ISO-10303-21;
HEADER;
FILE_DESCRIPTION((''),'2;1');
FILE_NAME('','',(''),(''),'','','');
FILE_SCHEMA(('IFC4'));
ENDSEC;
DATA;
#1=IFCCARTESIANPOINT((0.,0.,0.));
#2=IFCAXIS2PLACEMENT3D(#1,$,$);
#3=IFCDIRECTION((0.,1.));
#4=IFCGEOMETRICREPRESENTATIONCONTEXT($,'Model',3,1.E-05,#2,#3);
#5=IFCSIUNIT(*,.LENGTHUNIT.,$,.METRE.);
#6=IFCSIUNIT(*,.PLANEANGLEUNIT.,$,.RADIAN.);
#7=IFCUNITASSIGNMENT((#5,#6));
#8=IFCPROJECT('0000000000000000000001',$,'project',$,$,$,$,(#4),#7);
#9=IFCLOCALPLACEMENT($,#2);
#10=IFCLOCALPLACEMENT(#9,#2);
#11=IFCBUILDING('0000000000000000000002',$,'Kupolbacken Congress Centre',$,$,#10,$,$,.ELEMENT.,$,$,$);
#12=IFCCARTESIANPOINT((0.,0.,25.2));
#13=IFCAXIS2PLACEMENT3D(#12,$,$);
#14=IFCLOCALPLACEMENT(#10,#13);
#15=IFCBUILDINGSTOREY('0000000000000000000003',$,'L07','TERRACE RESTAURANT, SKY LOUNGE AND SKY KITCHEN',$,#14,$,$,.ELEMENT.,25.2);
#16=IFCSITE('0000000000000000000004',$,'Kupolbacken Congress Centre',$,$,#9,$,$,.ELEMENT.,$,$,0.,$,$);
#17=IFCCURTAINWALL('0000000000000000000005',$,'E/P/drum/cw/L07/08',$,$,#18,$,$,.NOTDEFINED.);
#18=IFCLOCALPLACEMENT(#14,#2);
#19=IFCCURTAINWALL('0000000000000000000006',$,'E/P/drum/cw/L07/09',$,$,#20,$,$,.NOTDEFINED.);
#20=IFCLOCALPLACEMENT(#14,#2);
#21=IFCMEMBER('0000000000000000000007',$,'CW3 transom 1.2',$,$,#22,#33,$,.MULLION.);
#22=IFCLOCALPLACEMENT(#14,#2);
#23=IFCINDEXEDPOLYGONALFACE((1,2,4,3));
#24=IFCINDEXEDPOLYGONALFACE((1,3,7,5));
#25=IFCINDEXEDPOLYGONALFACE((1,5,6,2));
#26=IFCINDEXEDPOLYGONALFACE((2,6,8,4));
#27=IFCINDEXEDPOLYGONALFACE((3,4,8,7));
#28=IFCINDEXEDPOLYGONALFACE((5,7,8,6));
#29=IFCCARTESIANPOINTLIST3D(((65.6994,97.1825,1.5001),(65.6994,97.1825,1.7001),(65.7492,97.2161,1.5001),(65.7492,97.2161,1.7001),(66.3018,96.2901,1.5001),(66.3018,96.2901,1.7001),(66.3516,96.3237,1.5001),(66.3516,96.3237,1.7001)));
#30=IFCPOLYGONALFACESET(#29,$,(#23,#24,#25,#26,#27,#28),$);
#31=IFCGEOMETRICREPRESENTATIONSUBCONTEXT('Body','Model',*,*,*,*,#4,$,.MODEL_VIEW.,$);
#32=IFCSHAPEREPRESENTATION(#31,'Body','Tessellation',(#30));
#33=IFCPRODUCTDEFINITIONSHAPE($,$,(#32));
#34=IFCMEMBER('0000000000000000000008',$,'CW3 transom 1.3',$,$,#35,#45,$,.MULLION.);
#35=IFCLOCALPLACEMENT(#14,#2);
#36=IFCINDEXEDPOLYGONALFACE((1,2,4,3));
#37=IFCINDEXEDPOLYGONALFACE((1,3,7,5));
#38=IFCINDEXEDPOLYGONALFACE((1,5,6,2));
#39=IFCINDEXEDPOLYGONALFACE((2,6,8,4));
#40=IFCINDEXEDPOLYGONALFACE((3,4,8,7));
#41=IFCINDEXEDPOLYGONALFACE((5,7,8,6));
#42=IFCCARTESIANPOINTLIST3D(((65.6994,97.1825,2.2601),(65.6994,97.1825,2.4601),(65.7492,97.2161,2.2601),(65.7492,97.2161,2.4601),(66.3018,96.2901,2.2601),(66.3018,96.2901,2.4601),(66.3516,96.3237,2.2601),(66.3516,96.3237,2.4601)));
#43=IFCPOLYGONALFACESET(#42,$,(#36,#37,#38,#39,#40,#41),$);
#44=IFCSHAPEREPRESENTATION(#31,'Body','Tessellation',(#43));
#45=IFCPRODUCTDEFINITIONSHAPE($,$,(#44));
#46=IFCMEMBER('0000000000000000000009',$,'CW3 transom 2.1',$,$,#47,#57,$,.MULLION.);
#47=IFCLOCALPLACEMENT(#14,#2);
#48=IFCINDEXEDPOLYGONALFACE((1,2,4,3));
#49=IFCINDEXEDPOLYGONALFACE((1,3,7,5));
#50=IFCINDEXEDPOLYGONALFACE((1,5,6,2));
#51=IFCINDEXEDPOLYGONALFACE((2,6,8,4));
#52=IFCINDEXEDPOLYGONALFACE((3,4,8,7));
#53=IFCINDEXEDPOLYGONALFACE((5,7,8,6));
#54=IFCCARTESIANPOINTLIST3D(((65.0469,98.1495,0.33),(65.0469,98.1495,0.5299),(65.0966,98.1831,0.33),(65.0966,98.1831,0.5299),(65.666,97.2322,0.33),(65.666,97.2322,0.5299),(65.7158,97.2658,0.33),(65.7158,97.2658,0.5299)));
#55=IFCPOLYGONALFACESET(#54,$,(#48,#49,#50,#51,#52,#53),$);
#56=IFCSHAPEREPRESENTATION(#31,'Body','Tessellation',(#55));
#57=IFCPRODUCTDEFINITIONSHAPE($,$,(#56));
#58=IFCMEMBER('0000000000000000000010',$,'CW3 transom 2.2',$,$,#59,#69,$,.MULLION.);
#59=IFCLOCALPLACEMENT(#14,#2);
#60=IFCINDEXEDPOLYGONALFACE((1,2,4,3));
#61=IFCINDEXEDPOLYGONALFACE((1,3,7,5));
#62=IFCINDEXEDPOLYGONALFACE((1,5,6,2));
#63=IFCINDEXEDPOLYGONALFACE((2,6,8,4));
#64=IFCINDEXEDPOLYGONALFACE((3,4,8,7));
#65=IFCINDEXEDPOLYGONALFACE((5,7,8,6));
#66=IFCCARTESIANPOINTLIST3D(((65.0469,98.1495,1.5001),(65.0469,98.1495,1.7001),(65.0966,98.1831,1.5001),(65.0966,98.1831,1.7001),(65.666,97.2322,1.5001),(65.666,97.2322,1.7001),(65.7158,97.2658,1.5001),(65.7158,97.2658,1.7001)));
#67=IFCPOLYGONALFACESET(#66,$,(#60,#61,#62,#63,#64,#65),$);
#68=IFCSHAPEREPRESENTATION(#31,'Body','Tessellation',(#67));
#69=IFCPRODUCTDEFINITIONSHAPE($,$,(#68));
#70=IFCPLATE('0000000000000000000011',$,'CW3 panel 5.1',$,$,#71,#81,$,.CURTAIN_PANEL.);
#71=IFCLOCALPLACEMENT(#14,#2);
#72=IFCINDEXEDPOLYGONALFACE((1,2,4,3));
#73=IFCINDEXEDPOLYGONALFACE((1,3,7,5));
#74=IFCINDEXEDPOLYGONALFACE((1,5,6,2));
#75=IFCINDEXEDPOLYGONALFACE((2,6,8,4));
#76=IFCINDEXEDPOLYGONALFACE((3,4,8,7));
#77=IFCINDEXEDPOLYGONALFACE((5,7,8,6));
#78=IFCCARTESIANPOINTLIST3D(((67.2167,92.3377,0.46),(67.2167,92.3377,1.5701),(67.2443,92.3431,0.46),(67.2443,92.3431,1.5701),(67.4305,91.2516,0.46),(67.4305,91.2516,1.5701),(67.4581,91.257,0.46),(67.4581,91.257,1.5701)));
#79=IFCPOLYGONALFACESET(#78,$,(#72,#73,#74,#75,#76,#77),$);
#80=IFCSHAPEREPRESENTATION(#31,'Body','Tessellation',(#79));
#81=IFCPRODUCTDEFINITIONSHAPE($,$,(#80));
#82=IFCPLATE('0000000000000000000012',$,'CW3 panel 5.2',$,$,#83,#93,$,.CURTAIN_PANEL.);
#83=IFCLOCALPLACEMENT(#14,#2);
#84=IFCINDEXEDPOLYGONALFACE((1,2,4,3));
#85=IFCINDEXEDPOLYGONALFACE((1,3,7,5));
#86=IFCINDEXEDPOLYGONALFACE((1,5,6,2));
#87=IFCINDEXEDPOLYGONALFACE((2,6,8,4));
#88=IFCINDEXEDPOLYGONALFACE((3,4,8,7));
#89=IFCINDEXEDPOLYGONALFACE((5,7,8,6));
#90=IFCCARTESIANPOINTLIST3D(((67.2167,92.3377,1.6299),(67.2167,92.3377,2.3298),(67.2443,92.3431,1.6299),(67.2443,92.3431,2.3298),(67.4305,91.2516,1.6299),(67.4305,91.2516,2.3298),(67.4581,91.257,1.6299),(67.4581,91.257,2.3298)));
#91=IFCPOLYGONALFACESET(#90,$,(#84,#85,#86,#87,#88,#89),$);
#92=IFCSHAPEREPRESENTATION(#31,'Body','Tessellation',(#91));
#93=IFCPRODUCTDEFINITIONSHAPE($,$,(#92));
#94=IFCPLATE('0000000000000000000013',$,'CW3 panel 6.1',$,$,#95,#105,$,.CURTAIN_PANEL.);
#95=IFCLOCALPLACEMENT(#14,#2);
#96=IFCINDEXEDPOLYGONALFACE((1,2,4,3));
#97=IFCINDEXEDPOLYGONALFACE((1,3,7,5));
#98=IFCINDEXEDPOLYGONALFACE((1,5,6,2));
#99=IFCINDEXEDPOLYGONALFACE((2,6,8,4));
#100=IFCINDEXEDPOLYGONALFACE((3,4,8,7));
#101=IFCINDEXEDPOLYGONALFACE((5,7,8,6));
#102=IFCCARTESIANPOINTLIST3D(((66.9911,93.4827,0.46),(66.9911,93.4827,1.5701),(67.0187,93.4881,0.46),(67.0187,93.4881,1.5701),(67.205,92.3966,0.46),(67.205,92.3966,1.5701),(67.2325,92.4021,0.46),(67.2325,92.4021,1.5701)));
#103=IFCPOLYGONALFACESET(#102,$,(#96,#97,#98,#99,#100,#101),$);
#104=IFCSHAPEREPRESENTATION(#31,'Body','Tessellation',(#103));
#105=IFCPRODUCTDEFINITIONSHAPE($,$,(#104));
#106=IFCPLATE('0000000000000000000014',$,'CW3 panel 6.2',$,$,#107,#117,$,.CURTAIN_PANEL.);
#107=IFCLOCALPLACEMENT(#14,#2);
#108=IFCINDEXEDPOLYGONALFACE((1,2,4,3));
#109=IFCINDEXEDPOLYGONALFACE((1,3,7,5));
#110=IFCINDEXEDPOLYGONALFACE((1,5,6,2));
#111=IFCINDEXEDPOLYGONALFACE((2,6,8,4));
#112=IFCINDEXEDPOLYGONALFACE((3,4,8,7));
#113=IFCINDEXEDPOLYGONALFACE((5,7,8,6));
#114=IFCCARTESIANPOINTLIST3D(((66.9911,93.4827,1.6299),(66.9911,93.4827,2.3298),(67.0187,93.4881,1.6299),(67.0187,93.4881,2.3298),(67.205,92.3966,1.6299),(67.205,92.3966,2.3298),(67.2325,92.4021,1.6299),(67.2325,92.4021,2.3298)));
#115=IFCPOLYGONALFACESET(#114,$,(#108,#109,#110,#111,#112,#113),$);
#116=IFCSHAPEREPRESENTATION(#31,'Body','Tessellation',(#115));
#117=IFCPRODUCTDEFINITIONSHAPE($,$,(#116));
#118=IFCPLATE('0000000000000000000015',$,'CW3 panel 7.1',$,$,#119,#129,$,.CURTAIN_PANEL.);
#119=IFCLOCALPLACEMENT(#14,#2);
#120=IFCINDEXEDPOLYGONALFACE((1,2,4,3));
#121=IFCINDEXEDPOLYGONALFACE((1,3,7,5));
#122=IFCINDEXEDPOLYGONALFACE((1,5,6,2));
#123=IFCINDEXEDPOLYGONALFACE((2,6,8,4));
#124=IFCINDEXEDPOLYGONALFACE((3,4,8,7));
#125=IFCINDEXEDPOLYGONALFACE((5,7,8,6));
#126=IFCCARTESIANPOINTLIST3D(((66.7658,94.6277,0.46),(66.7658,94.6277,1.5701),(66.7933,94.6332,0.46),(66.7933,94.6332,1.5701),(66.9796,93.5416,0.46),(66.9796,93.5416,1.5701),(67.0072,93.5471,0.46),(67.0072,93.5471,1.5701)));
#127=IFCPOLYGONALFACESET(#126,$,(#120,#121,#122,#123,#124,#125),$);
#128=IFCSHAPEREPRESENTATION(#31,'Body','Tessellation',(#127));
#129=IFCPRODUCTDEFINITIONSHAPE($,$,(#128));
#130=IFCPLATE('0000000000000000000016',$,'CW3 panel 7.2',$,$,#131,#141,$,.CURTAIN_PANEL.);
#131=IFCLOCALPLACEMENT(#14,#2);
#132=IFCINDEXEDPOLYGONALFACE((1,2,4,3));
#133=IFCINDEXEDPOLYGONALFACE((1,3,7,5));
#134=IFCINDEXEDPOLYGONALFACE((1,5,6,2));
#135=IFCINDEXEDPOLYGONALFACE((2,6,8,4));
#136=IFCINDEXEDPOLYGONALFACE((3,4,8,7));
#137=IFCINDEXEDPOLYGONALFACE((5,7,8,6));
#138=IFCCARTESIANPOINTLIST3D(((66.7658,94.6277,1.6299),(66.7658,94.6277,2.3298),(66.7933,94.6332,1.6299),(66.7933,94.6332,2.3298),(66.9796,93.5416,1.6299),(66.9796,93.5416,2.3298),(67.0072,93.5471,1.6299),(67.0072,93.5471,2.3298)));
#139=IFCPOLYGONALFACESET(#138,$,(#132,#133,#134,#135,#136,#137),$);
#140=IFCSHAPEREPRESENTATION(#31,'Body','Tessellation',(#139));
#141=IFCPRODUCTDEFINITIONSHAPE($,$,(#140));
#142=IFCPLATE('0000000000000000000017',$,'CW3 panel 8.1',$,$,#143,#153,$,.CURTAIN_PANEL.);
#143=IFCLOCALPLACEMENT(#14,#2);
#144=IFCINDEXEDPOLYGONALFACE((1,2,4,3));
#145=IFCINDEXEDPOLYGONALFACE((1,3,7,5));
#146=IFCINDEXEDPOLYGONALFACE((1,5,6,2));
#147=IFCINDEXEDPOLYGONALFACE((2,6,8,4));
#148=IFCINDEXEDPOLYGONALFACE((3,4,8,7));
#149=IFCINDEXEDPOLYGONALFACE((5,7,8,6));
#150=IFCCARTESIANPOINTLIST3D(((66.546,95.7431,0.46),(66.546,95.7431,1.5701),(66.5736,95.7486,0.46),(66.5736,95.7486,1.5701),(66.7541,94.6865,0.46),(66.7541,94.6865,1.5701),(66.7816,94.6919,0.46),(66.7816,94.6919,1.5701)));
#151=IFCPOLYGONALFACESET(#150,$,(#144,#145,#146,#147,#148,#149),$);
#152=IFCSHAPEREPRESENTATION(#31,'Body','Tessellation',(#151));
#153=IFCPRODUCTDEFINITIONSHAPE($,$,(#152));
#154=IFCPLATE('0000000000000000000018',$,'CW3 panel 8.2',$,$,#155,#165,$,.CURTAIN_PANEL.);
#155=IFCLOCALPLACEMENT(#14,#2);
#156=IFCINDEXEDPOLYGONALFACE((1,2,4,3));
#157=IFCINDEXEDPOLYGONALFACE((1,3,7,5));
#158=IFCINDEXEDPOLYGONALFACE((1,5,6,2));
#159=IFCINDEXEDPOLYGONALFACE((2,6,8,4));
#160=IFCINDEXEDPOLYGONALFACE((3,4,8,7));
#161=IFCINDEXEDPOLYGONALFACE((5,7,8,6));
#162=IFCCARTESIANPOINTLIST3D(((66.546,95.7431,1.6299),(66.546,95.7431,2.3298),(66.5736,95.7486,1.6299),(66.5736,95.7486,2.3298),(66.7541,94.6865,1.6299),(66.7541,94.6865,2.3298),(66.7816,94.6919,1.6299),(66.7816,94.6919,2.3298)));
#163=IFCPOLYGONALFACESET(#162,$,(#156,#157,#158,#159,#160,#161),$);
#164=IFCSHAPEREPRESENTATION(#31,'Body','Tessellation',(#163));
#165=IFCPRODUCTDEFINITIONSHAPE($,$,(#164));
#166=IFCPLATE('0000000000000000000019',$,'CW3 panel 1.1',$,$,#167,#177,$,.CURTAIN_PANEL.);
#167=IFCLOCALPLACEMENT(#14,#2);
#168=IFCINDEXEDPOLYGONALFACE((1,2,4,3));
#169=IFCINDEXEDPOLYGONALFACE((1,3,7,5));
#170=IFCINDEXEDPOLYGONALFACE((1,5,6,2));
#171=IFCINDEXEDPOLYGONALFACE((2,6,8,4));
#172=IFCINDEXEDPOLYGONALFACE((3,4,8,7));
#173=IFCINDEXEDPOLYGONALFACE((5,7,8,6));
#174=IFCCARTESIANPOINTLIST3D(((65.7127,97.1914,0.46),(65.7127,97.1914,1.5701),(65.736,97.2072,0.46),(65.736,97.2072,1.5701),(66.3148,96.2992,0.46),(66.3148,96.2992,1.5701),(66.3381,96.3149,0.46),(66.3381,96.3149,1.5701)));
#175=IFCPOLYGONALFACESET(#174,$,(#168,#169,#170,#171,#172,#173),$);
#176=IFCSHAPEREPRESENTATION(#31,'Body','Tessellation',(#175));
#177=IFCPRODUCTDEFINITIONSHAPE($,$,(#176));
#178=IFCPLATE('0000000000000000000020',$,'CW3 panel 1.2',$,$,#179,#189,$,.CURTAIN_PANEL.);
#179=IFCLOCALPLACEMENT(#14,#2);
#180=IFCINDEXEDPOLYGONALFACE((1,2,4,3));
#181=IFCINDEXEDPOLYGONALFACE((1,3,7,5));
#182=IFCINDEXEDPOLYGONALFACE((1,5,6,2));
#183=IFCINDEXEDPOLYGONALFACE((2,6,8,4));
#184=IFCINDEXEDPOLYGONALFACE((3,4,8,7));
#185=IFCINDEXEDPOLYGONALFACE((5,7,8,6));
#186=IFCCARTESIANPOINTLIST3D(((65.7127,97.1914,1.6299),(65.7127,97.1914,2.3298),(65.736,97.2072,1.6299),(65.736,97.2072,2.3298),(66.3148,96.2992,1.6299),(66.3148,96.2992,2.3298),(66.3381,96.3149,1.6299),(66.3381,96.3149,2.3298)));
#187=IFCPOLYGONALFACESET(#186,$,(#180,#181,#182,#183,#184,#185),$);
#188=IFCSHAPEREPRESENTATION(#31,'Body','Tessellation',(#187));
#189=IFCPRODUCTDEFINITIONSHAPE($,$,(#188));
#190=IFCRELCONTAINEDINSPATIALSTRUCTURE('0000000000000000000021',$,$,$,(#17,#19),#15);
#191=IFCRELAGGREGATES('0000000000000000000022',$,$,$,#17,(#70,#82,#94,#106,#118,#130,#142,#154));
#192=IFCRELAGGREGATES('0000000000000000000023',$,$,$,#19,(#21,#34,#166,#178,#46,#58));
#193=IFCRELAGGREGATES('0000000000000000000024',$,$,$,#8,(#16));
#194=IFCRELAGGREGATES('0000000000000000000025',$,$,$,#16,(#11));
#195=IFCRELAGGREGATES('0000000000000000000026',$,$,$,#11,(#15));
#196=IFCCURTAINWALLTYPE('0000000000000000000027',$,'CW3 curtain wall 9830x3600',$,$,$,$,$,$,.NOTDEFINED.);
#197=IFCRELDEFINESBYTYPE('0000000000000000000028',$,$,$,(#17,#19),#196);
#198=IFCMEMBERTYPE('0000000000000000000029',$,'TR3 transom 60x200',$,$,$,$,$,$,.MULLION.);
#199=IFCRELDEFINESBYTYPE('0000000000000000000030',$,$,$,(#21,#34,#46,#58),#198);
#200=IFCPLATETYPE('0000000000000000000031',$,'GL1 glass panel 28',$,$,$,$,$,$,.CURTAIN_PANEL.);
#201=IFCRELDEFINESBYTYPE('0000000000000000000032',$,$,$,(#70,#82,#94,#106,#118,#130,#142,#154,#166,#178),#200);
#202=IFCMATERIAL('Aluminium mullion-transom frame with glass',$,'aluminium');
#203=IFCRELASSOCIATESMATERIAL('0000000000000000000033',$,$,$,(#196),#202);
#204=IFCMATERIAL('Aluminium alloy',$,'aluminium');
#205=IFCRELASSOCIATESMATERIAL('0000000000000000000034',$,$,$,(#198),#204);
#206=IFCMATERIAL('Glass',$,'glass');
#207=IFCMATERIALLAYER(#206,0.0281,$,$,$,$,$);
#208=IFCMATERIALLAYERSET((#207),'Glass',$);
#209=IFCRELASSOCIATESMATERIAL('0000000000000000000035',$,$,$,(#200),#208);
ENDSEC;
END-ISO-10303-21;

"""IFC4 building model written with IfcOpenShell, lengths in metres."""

from ifc_helpers import new_model, si_unit, direction, frame, origin, origin_2d, place, context, subcontext, project, spatial, rectangle, extrude, material, layer, layer_set, material_profile, profile_set, type_object, element, aggregate, save


model = new_model("IFC4")

# Units and contexts
model_context = context("Model", 3, precision=1e-05, world=origin(), true_north=direction((0.0, 1.0)))
body_context = subcontext(model_context, "Body", "Model", "MODEL_VIEW")
ifc_project = project(units=[si_unit("LENGTHUNIT", "METRE"), si_unit("PLANEANGLEUNIT", "RADIAN")], contexts=[model_context])

# Site, building, storey
site_placement = place(None, origin())
site = spatial("IfcSite", under=ifc_project, at=site_placement, Name="Kupolbacken Congress Centre", CompositionType="ELEMENT", RefElevation=0.0)
building_placement = place(site_placement, origin())
building = spatial("IfcBuilding", under=site, at=building_placement, Name="Kupolbacken Congress Centre", CompositionType="ELEMENT")
storey_placement = place(building_placement, frame((0.0, 0.0, 25.2)))
storey = spatial("IfcBuildingStorey", under=building, at=storey_placement, Name="L07", Description="TERRACE RESTAURANT, SKY LOUNGE AND SKY KITCHEN", CompositionType="ELEMENT", Elevation=25.2)

# Curtain walls
ifc_material_1 = material(Name="Aluminium mullion-transom frame with glass", Category="aluminium")
curtain_wall_type = type_object("IfcCurtainWallType", Name="CW3 curtain wall 9830x3600", PredefinedType="NOTDEFINED", material=ifc_material_1)
curtain_wall_1_placement = place(storey_placement, origin())
curtain_wall_1 = element("IfcCurtainWall", 1, at=curtain_wall_1_placement, inside=storey, type_object=curtain_wall_type, Name="E/P/drum/cw/L07/08", PredefinedType="NOTDEFINED")
curtain_wall_2_placement = place(storey_placement, origin())
curtain_wall_2 = element("IfcCurtainWall", 2, at=curtain_wall_2_placement, inside=storey, type_object=curtain_wall_type, Name="E/P/drum/cw/L07/09", PredefinedType="NOTDEFINED")

# Members
ifc_material_2 = material(Name="Aluminium alloy", Category="aluminium")
ifc_material_profile_1 = material_profile(ifc_material_2, rectangle(XDim=0.0601, YDim=0.2, at=origin_2d()), Name="60 x 200")
ifc_profile_set_1 = profile_set([ifc_material_profile_1], Name="Aluminium alloy")
member_type_1 = type_object("IfcMemberType", Name="TR3 transom 60x200", PredefinedType="MULLION", material=ifc_profile_set_1)
member_1_placement = place(storey_placement, frame((66.3267, 96.3069, 1.6001), z_axis=(-0.559453, 0.828862, 0.0), x_axis=(-0.828862, -0.559453, 0.0)))
member_1 = element("IfcMember", 3, at=member_1_placement, type_object=member_type_1, Name="CW3 transom 1.2", PredefinedType="MULLION", context=body_context, shape_type="SweptSolid", body=[
    extrude(rectangle(XDim=0.0601, YDim=0.2, at=origin_2d()), origin(), (0.0, 0.0, 1.0), 1.0767),
])
member_2_placement = place(storey_placement, frame((66.3267, 96.3069, 2.3601), z_axis=(-0.559453, 0.828862, 0.0), x_axis=(-0.828862, -0.559453, 0.0)))
member_2 = element("IfcMember", 4, at=member_2_placement, type_object=member_type_1, Name="CW3 transom 1.3", PredefinedType="MULLION", context=body_context, shape_type="SweptSolid", body=[
    extrude(rectangle(XDim=0.0601, YDim=0.2, at=origin_2d()), origin(), (0.0, 0.0, 1.0), 1.0767),
])
member_3_placement = place(storey_placement, frame((65.6909, 97.249, 0.4299), z_axis=(-0.559477, 0.828846, 0.0), x_axis=(-0.828846, -0.559477, 0.0)))
member_3 = element("IfcMember", 5, at=member_3_placement, type_object=member_type_1, Name="CW3 transom 2.1", PredefinedType="MULLION", context=body_context, shape_type="SweptSolid", body=[
    extrude(rectangle(XDim=0.0601, YDim=0.2, at=origin_2d()), origin(), (0.0, 0.0, 1.0), 1.1067),
])
member_4_placement = place(storey_placement, frame((65.6909, 97.249, 1.6001), z_axis=(-0.559477, 0.828846, 0.0), x_axis=(-0.828846, -0.559477, 0.0)))
member_4 = element("IfcMember", 6, at=member_4_placement, type_object=member_type_1, Name="CW3 transom 2.2", PredefinedType="MULLION", context=body_context, shape_type="SweptSolid", body=[
    extrude(rectangle(XDim=0.0601, YDim=0.2, at=origin_2d()), origin(), (0.0, 0.0, 1.0), 1.1067),
])

# Plates
ifc_material_3 = material(Name="Glass", Category="glass")
ifc_layer_1 = layer(ifc_material_3, 0.0281)
ifc_layer_set_1 = layer_set([ifc_layer_1], Name="Glass")
plate_type = type_object("IfcPlateType", Name="GL1 glass panel 28", PredefinedType="CURTAIN_PANEL", material=ifc_layer_set_1)
plate_1_placement = place(storey_placement, frame((67.3374, 91.7974, 0.46), z_axis=(0.0, 0.0, 1.0), x_axis=(-0.193182, 0.981163, 0.0)))
plate_1 = element("IfcPlate", 7, at=plate_1_placement, type_object=plate_type, Name="CW3 panel 5.1", PredefinedType="CURTAIN_PANEL", context=body_context, shape_type="SweptSolid", body=[
    extrude(rectangle(XDim=1.1069, YDim=0.0281, at=origin_2d()), origin(), (0.0, 0.0, 1.0), 1.1101),
])
plate_2_placement = place(storey_placement, frame((67.3374, 91.7974, 1.6299), z_axis=(0.0, 0.0, 1.0), x_axis=(-0.193182, 0.981163, 0.0)))
plate_2 = element("IfcPlate", 8, at=plate_2_placement, type_object=plate_type, Name="CW3 panel 5.2", PredefinedType="CURTAIN_PANEL", context=body_context, shape_type="SweptSolid", body=[
    extrude(rectangle(XDim=1.1069, YDim=0.0281, at=origin_2d()), origin(), (0.0, 0.0, 1.0), 0.7),
])
plate_3_placement = place(storey_placement, frame((67.1118, 92.9424, 0.46), z_axis=(0.0, 0.0, 1.0), x_axis=(-0.193182, 0.981163, 0.0)))
plate_3 = element("IfcPlate", 9, at=plate_3_placement, type_object=plate_type, Name="CW3 panel 6.1", PredefinedType="CURTAIN_PANEL", context=body_context, shape_type="SweptSolid", body=[
    extrude(rectangle(XDim=1.1069, YDim=0.0281, at=origin_2d()), origin(), (0.0, 0.0, 1.0), 1.1101),
])
plate_4_placement = place(storey_placement, frame((67.1118, 92.9424, 1.6299), z_axis=(0.0, 0.0, 1.0), x_axis=(-0.193182, 0.981163, 0.0)))
plate_4 = element("IfcPlate", 10, at=plate_4_placement, type_object=plate_type, Name="CW3 panel 6.2", PredefinedType="CURTAIN_PANEL", context=body_context, shape_type="SweptSolid", body=[
    extrude(rectangle(XDim=1.1069, YDim=0.0281, at=origin_2d()), origin(), (0.0, 0.0, 1.0), 0.7),
])
plate_5_placement = place(storey_placement, frame((66.8865, 94.0874, 0.46), z_axis=(0.0, 0.0, 1.0), x_axis=(-0.193182, 0.981163, 0.0)))
plate_5 = element("IfcPlate", 11, at=plate_5_placement, type_object=plate_type, Name="CW3 panel 7.1", PredefinedType="CURTAIN_PANEL", context=body_context, shape_type="SweptSolid", body=[
    extrude(rectangle(XDim=1.1069, YDim=0.0281, at=origin_2d()), origin(), (0.0, 0.0, 1.0), 1.1101),
])
plate_6_placement = place(storey_placement, frame((66.8865, 94.0874, 1.6299), z_axis=(0.0, 0.0, 1.0), x_axis=(-0.193182, 0.981163, 0.0)))
plate_6 = element("IfcPlate", 12, at=plate_6_placement, type_object=plate_type, Name="CW3 panel 7.2", PredefinedType="CURTAIN_PANEL", context=body_context, shape_type="SweptSolid", body=[
    extrude(rectangle(XDim=1.1069, YDim=0.0281, at=origin_2d()), origin(), (0.0, 0.0, 1.0), 0.7),
])
plate_7_placement = place(storey_placement, frame((66.6638, 95.2175, 0.46), z_axis=(0.0, 0.0, 1.0), x_axis=(-0.193182, 0.981163, 0.0)))
plate_7 = element("IfcPlate", 13, at=plate_7_placement, type_object=plate_type, Name="CW3 panel 8.1", PredefinedType="CURTAIN_PANEL", context=body_context, shape_type="SweptSolid", body=[
    extrude(rectangle(XDim=1.0769, YDim=0.0281, at=origin_2d()), origin(), (0.0, 0.0, 1.0), 1.1101),
])
plate_8_placement = place(storey_placement, frame((66.6638, 95.2175, 1.6299), z_axis=(0.0, 0.0, 1.0), x_axis=(-0.193182, 0.981163, 0.0)))
plate_8 = element("IfcPlate", 14, at=plate_8_placement, type_object=plate_type, Name="CW3 panel 8.2", PredefinedType="CURTAIN_PANEL", context=body_context, shape_type="SweptSolid", body=[
    extrude(rectangle(XDim=1.0769, YDim=0.0281, at=origin_2d()), origin(), (0.0, 0.0, 1.0), 0.7),
])
aggregate(curtain_wall_1, [plate_1, plate_2, plate_3, plate_4, plate_5, plate_6, plate_7, plate_8])
plate_9_placement = place(storey_placement, frame((66.0254, 96.7532, 0.46), z_axis=(0.0, 0.0, 1.0), x_axis=(-0.559386, 0.828908, 0.0)))
plate_9 = element("IfcPlate", 15, at=plate_9_placement, type_object=plate_type, Name="CW3 panel 1.1", PredefinedType="CURTAIN_PANEL", context=body_context, shape_type="SweptSolid", body=[
    extrude(rectangle(XDim=1.0764, YDim=0.0281, at=origin_2d()), origin(), (0.0, 0.0, 1.0), 1.1101),
])
plate_10_placement = place(storey_placement, frame((66.0254, 96.7532, 1.6299), z_axis=(0.0, 0.0, 1.0), x_axis=(-0.559386, 0.828908, 0.0)))
plate_10 = element("IfcPlate", 16, at=plate_10_placement, type_object=plate_type, Name="CW3 panel 1.2", PredefinedType="CURTAIN_PANEL", context=body_context, shape_type="SweptSolid", body=[
    extrude(rectangle(XDim=1.0764, YDim=0.0281, at=origin_2d()), origin(), (0.0, 0.0, 1.0), 0.7),
])
aggregate(curtain_wall_2, [member_1, member_2, plate_9, plate_10, member_3, member_4])

save(model, "model.ifc")
